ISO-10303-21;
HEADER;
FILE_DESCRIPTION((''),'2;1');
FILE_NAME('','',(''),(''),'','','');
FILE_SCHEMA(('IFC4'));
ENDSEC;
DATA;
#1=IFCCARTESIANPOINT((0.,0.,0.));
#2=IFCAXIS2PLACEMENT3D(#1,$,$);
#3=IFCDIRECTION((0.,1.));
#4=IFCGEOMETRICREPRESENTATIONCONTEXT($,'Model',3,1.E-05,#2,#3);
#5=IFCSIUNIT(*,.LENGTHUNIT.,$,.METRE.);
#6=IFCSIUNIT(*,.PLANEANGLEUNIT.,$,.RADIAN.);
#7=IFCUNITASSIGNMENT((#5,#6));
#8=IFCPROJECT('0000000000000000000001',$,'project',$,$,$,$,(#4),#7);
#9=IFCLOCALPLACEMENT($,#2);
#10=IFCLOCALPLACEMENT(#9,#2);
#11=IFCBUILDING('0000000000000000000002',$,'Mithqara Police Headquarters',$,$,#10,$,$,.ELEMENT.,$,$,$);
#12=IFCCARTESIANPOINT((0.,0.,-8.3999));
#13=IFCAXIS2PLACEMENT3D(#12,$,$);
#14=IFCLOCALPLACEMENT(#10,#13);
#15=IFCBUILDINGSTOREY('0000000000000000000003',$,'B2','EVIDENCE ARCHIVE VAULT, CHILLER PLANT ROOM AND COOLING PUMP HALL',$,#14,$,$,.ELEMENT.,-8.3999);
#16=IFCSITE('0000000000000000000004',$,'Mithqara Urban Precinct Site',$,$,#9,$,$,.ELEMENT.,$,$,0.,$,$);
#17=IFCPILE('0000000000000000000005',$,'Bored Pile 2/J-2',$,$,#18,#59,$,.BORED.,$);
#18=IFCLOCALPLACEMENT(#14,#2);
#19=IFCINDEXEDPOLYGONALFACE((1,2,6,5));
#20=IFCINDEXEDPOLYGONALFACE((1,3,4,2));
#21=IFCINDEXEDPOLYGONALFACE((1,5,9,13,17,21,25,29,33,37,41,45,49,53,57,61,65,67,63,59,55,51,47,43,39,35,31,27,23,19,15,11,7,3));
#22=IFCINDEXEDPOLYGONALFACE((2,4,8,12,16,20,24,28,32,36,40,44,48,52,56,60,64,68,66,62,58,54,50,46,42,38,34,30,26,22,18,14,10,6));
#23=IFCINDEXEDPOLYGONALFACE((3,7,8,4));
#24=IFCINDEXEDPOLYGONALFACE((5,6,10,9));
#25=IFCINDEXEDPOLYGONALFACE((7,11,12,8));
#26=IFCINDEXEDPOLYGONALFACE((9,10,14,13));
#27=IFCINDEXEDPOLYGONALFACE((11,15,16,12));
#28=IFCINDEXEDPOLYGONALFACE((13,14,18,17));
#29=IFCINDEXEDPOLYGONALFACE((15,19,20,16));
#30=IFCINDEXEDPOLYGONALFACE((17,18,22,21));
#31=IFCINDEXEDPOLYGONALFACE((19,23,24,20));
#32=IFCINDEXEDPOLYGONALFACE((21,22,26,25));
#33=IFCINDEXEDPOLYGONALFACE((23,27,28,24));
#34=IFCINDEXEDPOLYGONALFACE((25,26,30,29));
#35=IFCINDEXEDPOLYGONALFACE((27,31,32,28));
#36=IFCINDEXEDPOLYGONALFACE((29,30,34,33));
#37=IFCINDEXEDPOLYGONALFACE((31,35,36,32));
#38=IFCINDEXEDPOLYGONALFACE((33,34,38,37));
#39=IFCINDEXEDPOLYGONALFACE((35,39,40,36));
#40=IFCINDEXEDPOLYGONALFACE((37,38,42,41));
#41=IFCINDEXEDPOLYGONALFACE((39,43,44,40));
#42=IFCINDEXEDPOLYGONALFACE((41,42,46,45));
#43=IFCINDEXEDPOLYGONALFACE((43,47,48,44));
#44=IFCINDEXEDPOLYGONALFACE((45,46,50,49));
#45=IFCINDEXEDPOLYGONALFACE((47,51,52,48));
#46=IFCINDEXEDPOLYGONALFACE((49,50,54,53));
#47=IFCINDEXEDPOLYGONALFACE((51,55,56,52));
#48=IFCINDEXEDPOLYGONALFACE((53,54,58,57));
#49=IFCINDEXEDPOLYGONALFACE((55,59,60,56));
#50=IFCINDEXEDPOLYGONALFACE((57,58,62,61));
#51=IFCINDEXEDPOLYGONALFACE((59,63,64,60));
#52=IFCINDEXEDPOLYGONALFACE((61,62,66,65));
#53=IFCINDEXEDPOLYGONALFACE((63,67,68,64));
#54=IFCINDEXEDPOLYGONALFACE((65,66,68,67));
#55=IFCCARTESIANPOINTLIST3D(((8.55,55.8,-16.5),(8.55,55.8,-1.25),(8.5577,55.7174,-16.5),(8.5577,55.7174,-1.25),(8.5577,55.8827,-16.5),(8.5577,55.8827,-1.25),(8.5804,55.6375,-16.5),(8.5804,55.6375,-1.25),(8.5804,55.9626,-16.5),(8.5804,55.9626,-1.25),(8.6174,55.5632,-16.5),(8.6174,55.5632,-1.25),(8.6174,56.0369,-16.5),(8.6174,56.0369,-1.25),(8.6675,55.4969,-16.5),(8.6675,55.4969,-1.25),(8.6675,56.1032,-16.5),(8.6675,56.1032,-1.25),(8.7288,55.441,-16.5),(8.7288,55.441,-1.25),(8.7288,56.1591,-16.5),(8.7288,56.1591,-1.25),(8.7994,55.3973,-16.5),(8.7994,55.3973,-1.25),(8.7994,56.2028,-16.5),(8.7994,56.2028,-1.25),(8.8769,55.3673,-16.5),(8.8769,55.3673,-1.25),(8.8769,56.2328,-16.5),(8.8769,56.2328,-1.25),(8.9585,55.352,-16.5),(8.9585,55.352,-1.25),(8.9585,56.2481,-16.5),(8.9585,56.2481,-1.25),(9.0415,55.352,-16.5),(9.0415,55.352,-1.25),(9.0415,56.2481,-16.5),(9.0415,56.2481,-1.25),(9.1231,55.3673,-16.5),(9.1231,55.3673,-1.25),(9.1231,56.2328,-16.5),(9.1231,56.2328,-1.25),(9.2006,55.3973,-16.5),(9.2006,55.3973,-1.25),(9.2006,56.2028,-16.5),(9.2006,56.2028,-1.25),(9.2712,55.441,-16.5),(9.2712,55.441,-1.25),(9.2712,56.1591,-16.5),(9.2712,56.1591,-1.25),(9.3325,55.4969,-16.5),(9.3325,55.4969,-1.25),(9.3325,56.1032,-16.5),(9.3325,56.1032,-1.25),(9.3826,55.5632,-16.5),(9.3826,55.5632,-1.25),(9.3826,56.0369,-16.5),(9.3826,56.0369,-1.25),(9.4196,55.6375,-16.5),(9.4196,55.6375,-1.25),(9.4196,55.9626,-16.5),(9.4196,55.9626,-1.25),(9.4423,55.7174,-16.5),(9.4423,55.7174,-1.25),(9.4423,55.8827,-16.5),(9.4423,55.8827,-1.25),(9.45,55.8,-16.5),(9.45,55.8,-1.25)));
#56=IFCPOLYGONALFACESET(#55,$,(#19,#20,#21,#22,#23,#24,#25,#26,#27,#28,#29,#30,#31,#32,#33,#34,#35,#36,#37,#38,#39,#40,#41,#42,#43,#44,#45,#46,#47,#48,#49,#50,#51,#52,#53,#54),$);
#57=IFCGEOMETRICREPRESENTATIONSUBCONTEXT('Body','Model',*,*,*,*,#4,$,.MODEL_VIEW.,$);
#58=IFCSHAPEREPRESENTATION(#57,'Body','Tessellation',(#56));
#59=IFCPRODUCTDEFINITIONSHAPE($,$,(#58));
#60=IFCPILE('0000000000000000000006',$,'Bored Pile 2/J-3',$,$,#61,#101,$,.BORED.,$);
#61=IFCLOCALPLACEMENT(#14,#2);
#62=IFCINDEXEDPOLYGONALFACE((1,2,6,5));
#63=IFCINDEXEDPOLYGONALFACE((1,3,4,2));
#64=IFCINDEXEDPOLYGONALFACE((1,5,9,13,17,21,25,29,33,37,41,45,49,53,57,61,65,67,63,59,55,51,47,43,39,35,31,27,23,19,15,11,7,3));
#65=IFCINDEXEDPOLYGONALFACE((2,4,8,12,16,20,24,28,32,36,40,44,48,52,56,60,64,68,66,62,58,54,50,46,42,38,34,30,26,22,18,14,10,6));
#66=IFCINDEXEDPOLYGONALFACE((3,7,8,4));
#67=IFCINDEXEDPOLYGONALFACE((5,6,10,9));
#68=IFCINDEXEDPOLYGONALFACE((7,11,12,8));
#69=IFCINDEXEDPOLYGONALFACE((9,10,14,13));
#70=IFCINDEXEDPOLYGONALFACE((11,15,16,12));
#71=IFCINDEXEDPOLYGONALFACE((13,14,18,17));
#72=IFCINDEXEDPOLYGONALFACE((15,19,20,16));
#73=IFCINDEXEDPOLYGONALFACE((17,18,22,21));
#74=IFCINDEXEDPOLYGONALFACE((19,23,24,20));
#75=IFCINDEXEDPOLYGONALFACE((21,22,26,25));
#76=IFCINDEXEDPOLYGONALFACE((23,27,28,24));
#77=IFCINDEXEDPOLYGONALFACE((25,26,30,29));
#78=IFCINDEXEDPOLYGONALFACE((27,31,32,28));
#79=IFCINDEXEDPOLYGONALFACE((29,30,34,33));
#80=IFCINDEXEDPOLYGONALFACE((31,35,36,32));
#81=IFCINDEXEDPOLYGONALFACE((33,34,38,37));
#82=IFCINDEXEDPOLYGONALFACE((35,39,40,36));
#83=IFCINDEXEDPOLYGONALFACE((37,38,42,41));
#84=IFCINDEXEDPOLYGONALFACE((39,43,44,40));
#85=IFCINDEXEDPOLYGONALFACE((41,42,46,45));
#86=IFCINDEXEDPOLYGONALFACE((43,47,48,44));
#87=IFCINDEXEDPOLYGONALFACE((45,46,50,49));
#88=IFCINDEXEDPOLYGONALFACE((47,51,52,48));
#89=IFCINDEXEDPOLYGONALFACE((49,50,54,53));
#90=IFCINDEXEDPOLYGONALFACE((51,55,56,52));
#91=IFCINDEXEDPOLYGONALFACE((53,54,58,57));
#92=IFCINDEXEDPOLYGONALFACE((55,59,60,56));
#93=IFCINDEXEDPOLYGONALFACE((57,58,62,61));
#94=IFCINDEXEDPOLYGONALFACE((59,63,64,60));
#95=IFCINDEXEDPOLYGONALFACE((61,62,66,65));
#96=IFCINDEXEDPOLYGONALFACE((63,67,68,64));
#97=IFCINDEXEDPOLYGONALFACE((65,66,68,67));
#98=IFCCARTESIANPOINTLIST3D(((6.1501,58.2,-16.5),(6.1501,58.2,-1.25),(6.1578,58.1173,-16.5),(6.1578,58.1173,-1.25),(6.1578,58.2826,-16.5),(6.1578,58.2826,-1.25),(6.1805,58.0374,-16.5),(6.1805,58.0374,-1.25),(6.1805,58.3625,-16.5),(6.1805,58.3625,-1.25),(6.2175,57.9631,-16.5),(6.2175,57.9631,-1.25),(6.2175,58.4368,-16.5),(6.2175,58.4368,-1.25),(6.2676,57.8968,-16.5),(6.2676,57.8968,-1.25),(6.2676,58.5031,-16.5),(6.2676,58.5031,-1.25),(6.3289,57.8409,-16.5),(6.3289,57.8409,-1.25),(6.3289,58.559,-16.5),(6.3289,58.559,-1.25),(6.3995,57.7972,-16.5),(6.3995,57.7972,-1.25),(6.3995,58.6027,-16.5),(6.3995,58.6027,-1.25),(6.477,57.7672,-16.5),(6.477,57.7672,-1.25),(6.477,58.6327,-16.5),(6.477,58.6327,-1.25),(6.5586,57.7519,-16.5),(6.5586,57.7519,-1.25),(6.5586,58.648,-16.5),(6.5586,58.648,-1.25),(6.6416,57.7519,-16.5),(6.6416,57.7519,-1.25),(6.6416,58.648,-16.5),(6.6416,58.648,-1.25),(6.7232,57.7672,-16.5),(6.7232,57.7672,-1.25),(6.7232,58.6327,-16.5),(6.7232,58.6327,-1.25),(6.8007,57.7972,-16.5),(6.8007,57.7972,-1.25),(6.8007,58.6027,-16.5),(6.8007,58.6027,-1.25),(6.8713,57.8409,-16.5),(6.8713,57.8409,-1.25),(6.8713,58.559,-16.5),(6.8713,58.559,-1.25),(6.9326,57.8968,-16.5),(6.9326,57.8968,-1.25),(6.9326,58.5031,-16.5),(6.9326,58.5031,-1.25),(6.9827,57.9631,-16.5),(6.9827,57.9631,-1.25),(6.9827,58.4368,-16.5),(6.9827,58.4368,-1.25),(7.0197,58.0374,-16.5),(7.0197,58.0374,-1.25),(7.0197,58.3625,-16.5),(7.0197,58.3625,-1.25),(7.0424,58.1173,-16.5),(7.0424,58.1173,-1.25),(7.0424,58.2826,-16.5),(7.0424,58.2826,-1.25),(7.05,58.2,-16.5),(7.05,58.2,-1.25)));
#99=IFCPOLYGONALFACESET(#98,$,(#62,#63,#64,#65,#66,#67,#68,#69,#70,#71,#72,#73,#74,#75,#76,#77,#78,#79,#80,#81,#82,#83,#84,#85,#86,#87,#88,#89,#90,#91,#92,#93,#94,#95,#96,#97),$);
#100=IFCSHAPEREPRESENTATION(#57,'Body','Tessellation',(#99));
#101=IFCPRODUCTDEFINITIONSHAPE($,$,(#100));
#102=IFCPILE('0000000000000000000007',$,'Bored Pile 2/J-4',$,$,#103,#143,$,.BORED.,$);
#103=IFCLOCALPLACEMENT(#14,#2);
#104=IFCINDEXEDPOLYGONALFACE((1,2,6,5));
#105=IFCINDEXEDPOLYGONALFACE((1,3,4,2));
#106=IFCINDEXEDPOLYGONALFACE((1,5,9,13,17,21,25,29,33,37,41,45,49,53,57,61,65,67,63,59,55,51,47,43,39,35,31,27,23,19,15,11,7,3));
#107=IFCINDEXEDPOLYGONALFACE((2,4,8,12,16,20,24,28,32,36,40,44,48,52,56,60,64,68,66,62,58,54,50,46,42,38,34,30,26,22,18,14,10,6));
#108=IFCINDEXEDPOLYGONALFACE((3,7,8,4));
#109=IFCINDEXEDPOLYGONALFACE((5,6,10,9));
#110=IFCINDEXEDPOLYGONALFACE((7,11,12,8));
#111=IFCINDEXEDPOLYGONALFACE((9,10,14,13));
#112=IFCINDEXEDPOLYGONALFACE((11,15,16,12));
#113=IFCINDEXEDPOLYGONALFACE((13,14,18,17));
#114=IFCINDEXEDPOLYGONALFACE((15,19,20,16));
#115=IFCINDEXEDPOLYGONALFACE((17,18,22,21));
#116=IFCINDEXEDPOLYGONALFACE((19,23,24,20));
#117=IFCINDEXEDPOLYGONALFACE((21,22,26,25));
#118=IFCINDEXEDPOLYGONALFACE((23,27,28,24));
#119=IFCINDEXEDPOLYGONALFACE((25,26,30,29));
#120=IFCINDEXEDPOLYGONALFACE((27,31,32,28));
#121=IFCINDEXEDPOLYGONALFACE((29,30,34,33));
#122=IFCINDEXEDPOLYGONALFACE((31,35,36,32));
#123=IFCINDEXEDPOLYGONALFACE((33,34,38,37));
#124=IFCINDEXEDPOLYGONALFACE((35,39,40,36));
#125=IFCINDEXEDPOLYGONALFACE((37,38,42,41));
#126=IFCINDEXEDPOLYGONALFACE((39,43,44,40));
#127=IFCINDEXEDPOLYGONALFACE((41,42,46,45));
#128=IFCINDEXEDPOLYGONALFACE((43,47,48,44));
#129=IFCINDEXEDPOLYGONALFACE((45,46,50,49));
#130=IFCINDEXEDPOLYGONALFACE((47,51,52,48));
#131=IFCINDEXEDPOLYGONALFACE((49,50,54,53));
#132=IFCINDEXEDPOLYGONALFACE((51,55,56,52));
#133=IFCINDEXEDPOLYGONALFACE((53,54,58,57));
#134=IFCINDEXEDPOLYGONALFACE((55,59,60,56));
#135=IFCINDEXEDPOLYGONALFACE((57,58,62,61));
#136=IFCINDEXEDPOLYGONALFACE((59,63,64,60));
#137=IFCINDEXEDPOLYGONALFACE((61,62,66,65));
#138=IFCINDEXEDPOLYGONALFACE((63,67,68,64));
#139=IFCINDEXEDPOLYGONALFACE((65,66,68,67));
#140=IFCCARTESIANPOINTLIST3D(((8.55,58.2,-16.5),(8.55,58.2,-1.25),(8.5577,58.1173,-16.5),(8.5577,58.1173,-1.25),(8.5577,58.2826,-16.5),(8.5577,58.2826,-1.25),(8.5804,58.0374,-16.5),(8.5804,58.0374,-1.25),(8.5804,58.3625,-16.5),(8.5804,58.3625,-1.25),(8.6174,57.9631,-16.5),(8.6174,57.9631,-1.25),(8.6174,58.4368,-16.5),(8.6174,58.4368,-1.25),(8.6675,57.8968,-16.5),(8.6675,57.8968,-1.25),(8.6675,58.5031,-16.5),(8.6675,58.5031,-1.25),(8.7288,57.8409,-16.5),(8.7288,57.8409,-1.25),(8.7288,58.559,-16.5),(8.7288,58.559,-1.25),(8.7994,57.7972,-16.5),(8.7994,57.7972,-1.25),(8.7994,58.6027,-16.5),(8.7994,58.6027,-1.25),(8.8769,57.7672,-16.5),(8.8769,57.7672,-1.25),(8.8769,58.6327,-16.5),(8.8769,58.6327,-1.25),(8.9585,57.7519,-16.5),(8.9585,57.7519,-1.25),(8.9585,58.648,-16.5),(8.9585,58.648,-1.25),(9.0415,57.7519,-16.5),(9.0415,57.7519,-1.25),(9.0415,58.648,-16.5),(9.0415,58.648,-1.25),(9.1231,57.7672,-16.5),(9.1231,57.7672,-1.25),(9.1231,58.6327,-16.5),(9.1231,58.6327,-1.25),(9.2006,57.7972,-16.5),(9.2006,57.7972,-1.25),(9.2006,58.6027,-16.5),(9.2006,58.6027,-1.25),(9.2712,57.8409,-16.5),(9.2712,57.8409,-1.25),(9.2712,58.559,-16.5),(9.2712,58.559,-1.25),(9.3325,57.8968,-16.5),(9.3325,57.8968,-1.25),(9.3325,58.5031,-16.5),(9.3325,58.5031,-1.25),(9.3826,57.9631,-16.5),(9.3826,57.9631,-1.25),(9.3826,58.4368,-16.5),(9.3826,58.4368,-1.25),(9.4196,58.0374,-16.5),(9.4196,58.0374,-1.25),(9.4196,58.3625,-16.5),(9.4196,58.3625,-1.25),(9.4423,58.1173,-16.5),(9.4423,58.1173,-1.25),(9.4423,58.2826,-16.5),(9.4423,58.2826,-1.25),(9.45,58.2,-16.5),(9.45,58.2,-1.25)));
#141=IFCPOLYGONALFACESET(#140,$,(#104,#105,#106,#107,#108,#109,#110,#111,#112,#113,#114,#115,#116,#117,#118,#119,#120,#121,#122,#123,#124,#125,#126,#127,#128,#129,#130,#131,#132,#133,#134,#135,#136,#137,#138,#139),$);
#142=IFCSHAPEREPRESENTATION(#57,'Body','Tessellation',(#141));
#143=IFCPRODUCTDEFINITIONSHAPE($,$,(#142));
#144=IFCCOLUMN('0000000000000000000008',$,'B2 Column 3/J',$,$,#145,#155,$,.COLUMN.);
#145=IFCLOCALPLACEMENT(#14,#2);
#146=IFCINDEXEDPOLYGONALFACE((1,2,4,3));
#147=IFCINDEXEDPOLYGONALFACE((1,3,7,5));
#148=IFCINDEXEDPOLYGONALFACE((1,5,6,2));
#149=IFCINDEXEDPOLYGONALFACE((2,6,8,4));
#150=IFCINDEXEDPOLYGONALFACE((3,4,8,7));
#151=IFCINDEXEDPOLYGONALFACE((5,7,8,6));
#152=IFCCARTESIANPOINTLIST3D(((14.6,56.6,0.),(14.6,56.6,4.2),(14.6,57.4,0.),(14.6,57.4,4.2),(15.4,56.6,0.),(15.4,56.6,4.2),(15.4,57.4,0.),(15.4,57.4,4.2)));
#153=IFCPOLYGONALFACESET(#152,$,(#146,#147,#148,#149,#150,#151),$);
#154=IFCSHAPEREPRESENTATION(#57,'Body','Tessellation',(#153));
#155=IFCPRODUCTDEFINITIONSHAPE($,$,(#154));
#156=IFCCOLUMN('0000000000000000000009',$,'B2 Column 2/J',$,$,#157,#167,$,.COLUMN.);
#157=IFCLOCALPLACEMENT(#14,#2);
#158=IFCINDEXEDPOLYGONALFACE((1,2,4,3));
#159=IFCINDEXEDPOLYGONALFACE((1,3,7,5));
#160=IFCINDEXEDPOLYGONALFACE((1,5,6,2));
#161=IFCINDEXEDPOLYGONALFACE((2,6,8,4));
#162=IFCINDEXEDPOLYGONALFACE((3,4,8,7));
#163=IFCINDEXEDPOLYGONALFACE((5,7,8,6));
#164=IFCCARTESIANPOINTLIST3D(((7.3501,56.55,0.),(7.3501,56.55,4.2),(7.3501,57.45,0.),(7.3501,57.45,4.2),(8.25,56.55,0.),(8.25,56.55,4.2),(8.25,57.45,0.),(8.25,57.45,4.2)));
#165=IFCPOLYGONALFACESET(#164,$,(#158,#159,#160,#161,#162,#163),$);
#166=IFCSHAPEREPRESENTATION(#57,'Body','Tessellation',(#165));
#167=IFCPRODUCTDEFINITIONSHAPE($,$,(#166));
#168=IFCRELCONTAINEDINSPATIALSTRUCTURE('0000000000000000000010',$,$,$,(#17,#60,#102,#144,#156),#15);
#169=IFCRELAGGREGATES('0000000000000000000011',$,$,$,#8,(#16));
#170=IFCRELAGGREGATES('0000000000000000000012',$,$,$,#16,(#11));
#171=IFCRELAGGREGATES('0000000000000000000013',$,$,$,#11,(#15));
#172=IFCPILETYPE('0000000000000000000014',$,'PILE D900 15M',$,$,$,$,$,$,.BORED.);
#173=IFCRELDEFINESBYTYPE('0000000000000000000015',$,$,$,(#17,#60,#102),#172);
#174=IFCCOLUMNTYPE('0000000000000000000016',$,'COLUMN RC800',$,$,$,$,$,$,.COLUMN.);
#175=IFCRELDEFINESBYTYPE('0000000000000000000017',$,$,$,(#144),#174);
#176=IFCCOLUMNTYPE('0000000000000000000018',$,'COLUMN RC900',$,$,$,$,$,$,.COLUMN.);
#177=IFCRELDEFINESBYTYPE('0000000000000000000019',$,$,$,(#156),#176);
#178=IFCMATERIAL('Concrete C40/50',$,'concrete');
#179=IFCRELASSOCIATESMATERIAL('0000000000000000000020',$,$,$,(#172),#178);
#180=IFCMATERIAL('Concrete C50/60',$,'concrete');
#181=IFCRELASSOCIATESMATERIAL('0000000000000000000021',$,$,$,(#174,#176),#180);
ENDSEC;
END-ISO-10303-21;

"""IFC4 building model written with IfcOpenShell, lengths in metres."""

from ifc_helpers import new_model, si_unit, direction, frame, origin, origin_2d, place, context, subcontext, project, spatial, rectangle, circle, extrude, material, material_profile, profile_set, type_object, element, save


model = new_model("IFC4")

# Units and contexts
model_context = context("Model", 3, precision=1e-05, world=origin(), true_north=direction((0.0, 1.0)))
body_context = subcontext(model_context, "Body", "Model", "MODEL_VIEW")
ifc_project = project(units=[si_unit("LENGTHUNIT", "METRE"), si_unit("PLANEANGLEUNIT", "RADIAN")], contexts=[model_context])

# Site, building, storey
site_placement = place(None, origin())
site = spatial("IfcSite", under=ifc_project, at=site_placement, Name="Mithqara Urban Precinct Site", CompositionType="ELEMENT", RefElevation=0.0)
building_placement = place(site_placement, origin())
building = spatial("IfcBuilding", under=site, at=building_placement, Name="Mithqara Police Headquarters", CompositionType="ELEMENT")
storey_placement = place(building_placement, frame((0.0, 0.0, -8.3999)))
storey = spatial("IfcBuildingStorey", under=building, at=storey_placement, Name="B2", Description="EVIDENCE ARCHIVE VAULT, CHILLER PLANT ROOM AND COOLING PUMP HALL", CompositionType="ELEMENT", Elevation=-8.3999)

# Shared definitions
ifc_material_1 = material(Name="Concrete C40/50", Category="concrete")

# Piles
ifc_material_profile_1 = material_profile(ifc_material_1, circle(Radius=0.45, at=origin_2d()), Name="PILE D900")
ifc_profile_set_1 = profile_set([ifc_material_profile_1], Name="Concrete C40/50")
pile_type_1 = type_object("IfcPileType", Name="PILE D900 15M", PredefinedType="BORED", material=ifc_profile_set_1)
for number, where, z_axis, x_axis, name in (
    (1, (9.0, 55.8, -1.25), (0.0, 0.0, -1.0), (1.0, 0.0, 0.0), "Bored Pile 2/J-2"),
    (2, (6.6001, 58.2, -1.25), (0.0, 0.0, -1.0), (1.0, 0.0, 0.0), "Bored Pile 2/J-3"),
    (3, (9.0, 58.2, -1.25), (0.0, 0.0, -1.0), (1.0, 0.0, 0.0), "Bored Pile 2/J-4"),
):
    element("IfcPile", number, at=place(storey_placement, frame(where, z_axis=z_axis, x_axis=x_axis)), inside=storey, type_object=pile_type_1, Name=name, PredefinedType="BORED", context=body_context, shape_type="SweptSolid", body=[
        extrude(circle(Radius=0.45, at=origin_2d()), origin(), (0.0, 0.0, 1.0), 15.25),
    ])

# Columns
ifc_material_2 = material(Name="Concrete C50/60", Category="concrete")
ifc_material_profile_2 = material_profile(ifc_material_2, rectangle(XDim=0.8, YDim=0.8, at=origin_2d()), Name="RC 800x800")
ifc_profile_set_2 = profile_set([ifc_material_profile_2], Name="Concrete C50/60")
column_type_1 = type_object("IfcColumnType", Name="COLUMN RC800", PredefinedType="COLUMN", material=ifc_profile_set_2)
column_1_placement = place(storey_placement, frame((15.0, 57.0, 0.0), z_axis=(0.0, 0.0, 1.0), x_axis=(1.0, 0.0, 0.0)))
element("IfcColumn", 4, at=column_1_placement, inside=storey, type_object=column_type_1, Name="B2 Column 3/J", PredefinedType="COLUMN", context=body_context, shape_type="SweptSolid", body=[
    extrude(rectangle(XDim=0.8, YDim=0.8, at=origin_2d()), origin(), (0.0, 0.0, 1.0), 4.2),
])
ifc_material_profile_3 = material_profile(ifc_material_2, rectangle(XDim=0.8999, YDim=0.8999, at=origin_2d()), Name="RC 900x900")
ifc_profile_set_3 = profile_set([ifc_material_profile_3], Name="Concrete C50/60")
column_type_2 = type_object("IfcColumnType", Name="COLUMN RC900", PredefinedType="COLUMN", material=ifc_profile_set_3)
column_2_placement = place(storey_placement, frame((7.8, 57.0, 0.0), z_axis=(0.0, 0.0, 1.0), x_axis=(1.0, 0.0, 0.0)))
element("IfcColumn", 5, at=column_2_placement, inside=storey, type_object=column_type_2, Name="B2 Column 2/J", PredefinedType="COLUMN", context=body_context, shape_type="SweptSolid", body=[
    extrude(rectangle(XDim=0.8999, YDim=0.8999, at=origin_2d()), origin(), (0.0, 0.0, 1.0), 4.2),
])

save(model, "model.ifc")
